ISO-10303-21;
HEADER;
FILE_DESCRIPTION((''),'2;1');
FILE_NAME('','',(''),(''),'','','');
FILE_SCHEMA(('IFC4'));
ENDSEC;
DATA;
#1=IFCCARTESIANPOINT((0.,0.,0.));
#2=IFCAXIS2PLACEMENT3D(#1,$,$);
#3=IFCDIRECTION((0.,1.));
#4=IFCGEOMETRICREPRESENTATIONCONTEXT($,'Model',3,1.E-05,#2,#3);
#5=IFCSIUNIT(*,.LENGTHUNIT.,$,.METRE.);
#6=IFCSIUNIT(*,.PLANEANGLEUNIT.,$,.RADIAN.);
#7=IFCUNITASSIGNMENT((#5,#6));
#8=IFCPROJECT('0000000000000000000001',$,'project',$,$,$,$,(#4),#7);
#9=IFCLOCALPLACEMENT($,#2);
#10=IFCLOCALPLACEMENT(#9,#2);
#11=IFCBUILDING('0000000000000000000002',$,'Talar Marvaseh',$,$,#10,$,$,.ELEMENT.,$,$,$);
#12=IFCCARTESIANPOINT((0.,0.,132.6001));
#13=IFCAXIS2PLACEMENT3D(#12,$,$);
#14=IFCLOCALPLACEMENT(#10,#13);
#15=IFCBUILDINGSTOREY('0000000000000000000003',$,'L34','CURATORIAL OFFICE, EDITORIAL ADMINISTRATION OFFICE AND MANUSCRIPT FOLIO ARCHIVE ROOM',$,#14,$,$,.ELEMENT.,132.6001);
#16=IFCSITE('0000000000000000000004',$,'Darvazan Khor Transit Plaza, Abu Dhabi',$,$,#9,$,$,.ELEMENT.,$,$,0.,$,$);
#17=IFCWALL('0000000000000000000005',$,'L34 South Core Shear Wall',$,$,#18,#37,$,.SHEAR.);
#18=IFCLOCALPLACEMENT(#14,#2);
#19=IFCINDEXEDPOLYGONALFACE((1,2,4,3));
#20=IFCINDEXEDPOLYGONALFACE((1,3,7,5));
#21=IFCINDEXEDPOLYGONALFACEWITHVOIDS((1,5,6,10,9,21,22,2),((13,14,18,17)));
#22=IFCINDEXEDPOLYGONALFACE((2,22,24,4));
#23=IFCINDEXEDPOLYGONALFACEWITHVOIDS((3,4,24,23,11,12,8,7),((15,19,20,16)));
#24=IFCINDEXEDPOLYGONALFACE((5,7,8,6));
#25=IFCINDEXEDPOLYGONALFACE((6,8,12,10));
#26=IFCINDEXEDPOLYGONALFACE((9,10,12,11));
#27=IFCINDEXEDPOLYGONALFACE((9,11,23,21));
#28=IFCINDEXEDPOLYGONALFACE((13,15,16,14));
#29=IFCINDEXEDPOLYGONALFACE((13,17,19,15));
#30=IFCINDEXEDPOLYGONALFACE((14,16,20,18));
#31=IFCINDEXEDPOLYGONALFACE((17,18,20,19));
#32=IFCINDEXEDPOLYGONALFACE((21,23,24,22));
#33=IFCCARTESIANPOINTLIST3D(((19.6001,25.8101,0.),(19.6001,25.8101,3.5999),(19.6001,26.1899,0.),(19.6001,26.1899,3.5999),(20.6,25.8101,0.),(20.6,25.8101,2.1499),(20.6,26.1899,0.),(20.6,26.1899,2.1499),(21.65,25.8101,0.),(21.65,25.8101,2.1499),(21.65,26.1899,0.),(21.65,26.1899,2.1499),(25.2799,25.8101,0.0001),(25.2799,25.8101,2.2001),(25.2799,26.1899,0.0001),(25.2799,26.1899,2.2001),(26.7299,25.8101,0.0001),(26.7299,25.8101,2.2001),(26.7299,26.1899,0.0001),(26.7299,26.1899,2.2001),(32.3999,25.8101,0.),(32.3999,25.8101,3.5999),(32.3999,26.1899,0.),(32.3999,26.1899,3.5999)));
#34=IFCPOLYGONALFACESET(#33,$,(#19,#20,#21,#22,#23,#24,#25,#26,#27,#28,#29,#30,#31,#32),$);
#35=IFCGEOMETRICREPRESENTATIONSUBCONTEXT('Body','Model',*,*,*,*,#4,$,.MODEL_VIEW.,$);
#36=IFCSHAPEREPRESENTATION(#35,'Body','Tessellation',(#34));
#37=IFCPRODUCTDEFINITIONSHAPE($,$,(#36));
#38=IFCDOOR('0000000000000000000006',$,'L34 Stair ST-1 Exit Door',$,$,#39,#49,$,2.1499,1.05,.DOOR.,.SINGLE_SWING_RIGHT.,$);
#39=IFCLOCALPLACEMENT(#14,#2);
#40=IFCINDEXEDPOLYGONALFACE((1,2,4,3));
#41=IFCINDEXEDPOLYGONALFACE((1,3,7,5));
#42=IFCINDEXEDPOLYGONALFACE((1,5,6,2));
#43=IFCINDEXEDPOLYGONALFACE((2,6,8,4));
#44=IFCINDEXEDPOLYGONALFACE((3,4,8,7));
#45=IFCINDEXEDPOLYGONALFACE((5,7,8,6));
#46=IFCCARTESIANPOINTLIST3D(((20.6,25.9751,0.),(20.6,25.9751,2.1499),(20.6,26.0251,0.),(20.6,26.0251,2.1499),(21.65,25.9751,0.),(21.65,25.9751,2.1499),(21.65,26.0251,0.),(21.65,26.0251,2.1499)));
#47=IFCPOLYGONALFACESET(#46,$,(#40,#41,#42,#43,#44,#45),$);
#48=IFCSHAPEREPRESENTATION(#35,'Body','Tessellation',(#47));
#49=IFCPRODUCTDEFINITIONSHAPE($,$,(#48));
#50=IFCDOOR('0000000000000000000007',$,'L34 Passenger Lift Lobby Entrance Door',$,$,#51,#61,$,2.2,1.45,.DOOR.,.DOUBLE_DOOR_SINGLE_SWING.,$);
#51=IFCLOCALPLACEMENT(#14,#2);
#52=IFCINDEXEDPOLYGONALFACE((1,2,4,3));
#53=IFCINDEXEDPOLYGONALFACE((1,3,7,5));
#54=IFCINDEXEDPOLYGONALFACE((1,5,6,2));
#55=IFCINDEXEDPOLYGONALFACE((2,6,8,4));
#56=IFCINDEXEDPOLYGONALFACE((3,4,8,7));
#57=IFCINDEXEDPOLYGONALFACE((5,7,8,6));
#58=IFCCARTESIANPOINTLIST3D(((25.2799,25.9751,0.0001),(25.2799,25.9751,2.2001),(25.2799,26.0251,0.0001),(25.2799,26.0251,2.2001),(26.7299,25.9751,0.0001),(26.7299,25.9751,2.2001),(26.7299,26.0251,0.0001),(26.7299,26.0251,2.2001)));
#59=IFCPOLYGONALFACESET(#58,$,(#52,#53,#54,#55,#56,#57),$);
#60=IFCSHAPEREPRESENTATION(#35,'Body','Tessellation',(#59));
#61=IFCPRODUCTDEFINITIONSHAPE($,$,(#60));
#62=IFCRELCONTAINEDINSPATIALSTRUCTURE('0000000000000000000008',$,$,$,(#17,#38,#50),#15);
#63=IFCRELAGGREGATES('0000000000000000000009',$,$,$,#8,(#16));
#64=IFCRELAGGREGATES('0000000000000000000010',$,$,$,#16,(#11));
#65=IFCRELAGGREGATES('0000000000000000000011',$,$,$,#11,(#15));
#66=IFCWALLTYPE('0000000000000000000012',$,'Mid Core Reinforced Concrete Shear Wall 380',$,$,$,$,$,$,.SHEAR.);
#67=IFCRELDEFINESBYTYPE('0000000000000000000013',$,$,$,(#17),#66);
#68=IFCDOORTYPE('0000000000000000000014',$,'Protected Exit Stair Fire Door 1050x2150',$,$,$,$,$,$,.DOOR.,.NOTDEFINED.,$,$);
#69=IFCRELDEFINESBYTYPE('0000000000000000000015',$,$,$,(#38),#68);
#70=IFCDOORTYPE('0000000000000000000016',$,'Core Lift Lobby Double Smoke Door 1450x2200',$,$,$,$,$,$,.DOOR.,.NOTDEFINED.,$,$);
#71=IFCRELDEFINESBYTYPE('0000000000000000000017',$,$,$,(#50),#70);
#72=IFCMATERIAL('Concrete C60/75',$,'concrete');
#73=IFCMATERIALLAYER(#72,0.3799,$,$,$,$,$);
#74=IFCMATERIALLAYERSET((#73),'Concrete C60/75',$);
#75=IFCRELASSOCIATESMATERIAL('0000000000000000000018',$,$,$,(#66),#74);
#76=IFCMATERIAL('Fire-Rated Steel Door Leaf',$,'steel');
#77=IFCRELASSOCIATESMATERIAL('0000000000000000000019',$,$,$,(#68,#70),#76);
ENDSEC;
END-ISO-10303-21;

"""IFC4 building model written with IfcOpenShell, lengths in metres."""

from ifc_helpers import new_model, si_unit, direction, frame, frame_2d, origin, place, context, subcontext, project, spatial, rectangle, extrude, source, transform, mapped, material, layer, layer_set, type_object, type_shapes, element, fill, save


model = new_model("IFC4")

# Units and contexts
model_context = context("Model", 3, precision=1e-05, world=origin(), true_north=direction((0.0, 1.0)))
body_context = subcontext(model_context, "Body", "Model", "MODEL_VIEW")
ifc_project = project(units=[si_unit("LENGTHUNIT", "METRE"), si_unit("PLANEANGLEUNIT", "RADIAN")], contexts=[model_context])

# Site, building, storey
site_placement = place(None, origin())
site = spatial("IfcSite", under=ifc_project, at=site_placement, Name="Darvazan Khor Transit Plaza, Abu Dhabi", CompositionType="ELEMENT", RefElevation=0.0)
building_placement = place(site_placement, origin())
building = spatial("IfcBuilding", under=site, at=building_placement, Name="Talar Marvaseh", CompositionType="ELEMENT")
storey_placement = place(building_placement, frame((0.0, 0.0, 132.6001)))
storey = spatial("IfcBuildingStorey", under=building, at=storey_placement, Name="L34", Description="CURATORIAL OFFICE, EDITORIAL ADMINISTRATION OFFICE AND MANUSCRIPT FOLIO ARCHIVE ROOM", CompositionType="ELEMENT", Elevation=132.6001)

# Shared definitions
ifc_material_1 = material(Name="Concrete C60/75", Category="concrete")

# Wall, openings, doors
ifc_layer_1 = layer(ifc_material_1, 0.3799)
ifc_layer_set_1 = layer_set([ifc_layer_1], Name="Concrete C60/75")
wall_type_1 = type_object("IfcWallType", Name="Mid Core Reinforced Concrete Shear Wall 380", PredefinedType="SHEAR", material=ifc_layer_set_1)
wall_1_placement = place(storey_placement, frame((32.3999, 26.0, 0.0), z_axis=(0.0, 0.0, 1.0), x_axis=(-1.0, 0.0, 0.0)))
wall_1 = element("IfcWall", 1, at=wall_1_placement, inside=storey, type_object=wall_type_1, Name="L34 South Core Shear Wall", PredefinedType="SHEAR", context=body_context, shape_type="SweptSolid", body=[
    extrude(rectangle(XDim=12.7998, YDim=0.3799, at=frame_2d((6.3999, 0.0))), origin(), (0.0, 0.0, 1.0), 3.5999),
])
opening_1_placement = place(wall_1_placement, frame((10.75, 0.0, 0.0)))
opening_1 = element("IfcOpeningElement", 2, at=opening_1_placement, cuts=wall_1, PredefinedType="OPENING", context=body_context, shape_type="SweptSolid", body=[
    extrude(rectangle(XDim=1.05, YDim=2.1499, at=frame_2d((0.5249, 1.075))), frame((0.0, 0.2, 0.0), z_axis=(0.0, -1.0, 0.0), x_axis=(1.0, 0.0, 0.0)), (0.0, 0.0, 1.0), 0.3999),
])
opening_2_placement = place(wall_1_placement, frame((5.6699, 0.0, 0.0)))
opening_2 = element("IfcOpeningElement", 3, at=opening_2_placement, cuts=wall_1, PredefinedType="OPENING", context=body_context, shape_type="SweptSolid", body=[
    extrude(rectangle(XDim=1.45, YDim=2.2, at=frame_2d((0.7251, 1.1001))), frame((0.0, 0.2, 0.0), z_axis=(0.0, -1.0, 0.0), x_axis=(1.0, 0.0, 0.0)), (0.0, 0.0, 1.0), 0.3999),
])
ifc_material_2 = material(Name="Fire-Rated Steel Door Leaf", Category="steel")
door_type_1 = type_object("IfcDoorType", Name="Protected Exit Stair Fire Door 1050x2150", OperationType="NOTDEFINED", PredefinedType="DOOR", material=ifc_material_2)
shared_shape_1 = source(origin(), body_context, "Body", "SweptSolid", [
    extrude(rectangle(XDim=1.05, YDim=2.1499, at=frame_2d((0.5249, 1.075))), frame((0.0, 0.0249, 0.0), z_axis=(0.0, -1.0, 0.0), x_axis=(1.0, 0.0, 0.0)), (0.0, 0.0, 1.0), 0.05),
])
type_shapes(door_type_1, [shared_shape_1])
door_1_placement = place(opening_1_placement, origin())
door_1 = element("IfcDoor", 4, at=door_1_placement, inside=storey, type_object=door_type_1, Name="L34 Stair ST-1 Exit Door", OperationType="SINGLE_SWING_RIGHT", OverallHeight=2.1499, OverallWidth=1.05, PredefinedType="DOOR", context=body_context, shape_type="MappedRepresentation", body=[
    mapped(shared_shape_1, transform((0.0, 0.0, 0.0), x_axis=(1.0, 0.0, 0.0), y_axis=(0.0, 1.0, 0.0), z_axis=(0.0, 0.0, 1.0), scale=1.0)),
])
fill(opening_1, door_1)
door_type_2 = type_object("IfcDoorType", Name="Core Lift Lobby Double Smoke Door 1450x2200", OperationType="NOTDEFINED", PredefinedType="DOOR", material=ifc_material_2)
shared_shape_2 = source(origin(), body_context, "Body", "SweptSolid", [
    extrude(rectangle(XDim=1.45, YDim=2.2, at=frame_2d((0.7251, 1.1001))), frame((0.0, 0.0249, 0.0), z_axis=(0.0, -1.0, 0.0), x_axis=(1.0, 0.0, 0.0)), (0.0, 0.0, 1.0), 0.05),
])
type_shapes(door_type_2, [shared_shape_2])
door_2_placement = place(opening_2_placement, origin())
door_2 = element("IfcDoor", 5, at=door_2_placement, inside=storey, type_object=door_type_2, Name="L34 Passenger Lift Lobby Entrance Door", OperationType="DOUBLE_DOOR_SINGLE_SWING", OverallHeight=2.2, OverallWidth=1.45, PredefinedType="DOOR", context=body_context, shape_type="MappedRepresentation", body=[
    mapped(shared_shape_2, transform((0.0, 0.0, 0.0), x_axis=(1.0, 0.0, 0.0), y_axis=(0.0, 1.0, 0.0), z_axis=(0.0, 0.0, 1.0), scale=1.0)),
])
fill(opening_2, door_2)

save(model, "model.ifc")
